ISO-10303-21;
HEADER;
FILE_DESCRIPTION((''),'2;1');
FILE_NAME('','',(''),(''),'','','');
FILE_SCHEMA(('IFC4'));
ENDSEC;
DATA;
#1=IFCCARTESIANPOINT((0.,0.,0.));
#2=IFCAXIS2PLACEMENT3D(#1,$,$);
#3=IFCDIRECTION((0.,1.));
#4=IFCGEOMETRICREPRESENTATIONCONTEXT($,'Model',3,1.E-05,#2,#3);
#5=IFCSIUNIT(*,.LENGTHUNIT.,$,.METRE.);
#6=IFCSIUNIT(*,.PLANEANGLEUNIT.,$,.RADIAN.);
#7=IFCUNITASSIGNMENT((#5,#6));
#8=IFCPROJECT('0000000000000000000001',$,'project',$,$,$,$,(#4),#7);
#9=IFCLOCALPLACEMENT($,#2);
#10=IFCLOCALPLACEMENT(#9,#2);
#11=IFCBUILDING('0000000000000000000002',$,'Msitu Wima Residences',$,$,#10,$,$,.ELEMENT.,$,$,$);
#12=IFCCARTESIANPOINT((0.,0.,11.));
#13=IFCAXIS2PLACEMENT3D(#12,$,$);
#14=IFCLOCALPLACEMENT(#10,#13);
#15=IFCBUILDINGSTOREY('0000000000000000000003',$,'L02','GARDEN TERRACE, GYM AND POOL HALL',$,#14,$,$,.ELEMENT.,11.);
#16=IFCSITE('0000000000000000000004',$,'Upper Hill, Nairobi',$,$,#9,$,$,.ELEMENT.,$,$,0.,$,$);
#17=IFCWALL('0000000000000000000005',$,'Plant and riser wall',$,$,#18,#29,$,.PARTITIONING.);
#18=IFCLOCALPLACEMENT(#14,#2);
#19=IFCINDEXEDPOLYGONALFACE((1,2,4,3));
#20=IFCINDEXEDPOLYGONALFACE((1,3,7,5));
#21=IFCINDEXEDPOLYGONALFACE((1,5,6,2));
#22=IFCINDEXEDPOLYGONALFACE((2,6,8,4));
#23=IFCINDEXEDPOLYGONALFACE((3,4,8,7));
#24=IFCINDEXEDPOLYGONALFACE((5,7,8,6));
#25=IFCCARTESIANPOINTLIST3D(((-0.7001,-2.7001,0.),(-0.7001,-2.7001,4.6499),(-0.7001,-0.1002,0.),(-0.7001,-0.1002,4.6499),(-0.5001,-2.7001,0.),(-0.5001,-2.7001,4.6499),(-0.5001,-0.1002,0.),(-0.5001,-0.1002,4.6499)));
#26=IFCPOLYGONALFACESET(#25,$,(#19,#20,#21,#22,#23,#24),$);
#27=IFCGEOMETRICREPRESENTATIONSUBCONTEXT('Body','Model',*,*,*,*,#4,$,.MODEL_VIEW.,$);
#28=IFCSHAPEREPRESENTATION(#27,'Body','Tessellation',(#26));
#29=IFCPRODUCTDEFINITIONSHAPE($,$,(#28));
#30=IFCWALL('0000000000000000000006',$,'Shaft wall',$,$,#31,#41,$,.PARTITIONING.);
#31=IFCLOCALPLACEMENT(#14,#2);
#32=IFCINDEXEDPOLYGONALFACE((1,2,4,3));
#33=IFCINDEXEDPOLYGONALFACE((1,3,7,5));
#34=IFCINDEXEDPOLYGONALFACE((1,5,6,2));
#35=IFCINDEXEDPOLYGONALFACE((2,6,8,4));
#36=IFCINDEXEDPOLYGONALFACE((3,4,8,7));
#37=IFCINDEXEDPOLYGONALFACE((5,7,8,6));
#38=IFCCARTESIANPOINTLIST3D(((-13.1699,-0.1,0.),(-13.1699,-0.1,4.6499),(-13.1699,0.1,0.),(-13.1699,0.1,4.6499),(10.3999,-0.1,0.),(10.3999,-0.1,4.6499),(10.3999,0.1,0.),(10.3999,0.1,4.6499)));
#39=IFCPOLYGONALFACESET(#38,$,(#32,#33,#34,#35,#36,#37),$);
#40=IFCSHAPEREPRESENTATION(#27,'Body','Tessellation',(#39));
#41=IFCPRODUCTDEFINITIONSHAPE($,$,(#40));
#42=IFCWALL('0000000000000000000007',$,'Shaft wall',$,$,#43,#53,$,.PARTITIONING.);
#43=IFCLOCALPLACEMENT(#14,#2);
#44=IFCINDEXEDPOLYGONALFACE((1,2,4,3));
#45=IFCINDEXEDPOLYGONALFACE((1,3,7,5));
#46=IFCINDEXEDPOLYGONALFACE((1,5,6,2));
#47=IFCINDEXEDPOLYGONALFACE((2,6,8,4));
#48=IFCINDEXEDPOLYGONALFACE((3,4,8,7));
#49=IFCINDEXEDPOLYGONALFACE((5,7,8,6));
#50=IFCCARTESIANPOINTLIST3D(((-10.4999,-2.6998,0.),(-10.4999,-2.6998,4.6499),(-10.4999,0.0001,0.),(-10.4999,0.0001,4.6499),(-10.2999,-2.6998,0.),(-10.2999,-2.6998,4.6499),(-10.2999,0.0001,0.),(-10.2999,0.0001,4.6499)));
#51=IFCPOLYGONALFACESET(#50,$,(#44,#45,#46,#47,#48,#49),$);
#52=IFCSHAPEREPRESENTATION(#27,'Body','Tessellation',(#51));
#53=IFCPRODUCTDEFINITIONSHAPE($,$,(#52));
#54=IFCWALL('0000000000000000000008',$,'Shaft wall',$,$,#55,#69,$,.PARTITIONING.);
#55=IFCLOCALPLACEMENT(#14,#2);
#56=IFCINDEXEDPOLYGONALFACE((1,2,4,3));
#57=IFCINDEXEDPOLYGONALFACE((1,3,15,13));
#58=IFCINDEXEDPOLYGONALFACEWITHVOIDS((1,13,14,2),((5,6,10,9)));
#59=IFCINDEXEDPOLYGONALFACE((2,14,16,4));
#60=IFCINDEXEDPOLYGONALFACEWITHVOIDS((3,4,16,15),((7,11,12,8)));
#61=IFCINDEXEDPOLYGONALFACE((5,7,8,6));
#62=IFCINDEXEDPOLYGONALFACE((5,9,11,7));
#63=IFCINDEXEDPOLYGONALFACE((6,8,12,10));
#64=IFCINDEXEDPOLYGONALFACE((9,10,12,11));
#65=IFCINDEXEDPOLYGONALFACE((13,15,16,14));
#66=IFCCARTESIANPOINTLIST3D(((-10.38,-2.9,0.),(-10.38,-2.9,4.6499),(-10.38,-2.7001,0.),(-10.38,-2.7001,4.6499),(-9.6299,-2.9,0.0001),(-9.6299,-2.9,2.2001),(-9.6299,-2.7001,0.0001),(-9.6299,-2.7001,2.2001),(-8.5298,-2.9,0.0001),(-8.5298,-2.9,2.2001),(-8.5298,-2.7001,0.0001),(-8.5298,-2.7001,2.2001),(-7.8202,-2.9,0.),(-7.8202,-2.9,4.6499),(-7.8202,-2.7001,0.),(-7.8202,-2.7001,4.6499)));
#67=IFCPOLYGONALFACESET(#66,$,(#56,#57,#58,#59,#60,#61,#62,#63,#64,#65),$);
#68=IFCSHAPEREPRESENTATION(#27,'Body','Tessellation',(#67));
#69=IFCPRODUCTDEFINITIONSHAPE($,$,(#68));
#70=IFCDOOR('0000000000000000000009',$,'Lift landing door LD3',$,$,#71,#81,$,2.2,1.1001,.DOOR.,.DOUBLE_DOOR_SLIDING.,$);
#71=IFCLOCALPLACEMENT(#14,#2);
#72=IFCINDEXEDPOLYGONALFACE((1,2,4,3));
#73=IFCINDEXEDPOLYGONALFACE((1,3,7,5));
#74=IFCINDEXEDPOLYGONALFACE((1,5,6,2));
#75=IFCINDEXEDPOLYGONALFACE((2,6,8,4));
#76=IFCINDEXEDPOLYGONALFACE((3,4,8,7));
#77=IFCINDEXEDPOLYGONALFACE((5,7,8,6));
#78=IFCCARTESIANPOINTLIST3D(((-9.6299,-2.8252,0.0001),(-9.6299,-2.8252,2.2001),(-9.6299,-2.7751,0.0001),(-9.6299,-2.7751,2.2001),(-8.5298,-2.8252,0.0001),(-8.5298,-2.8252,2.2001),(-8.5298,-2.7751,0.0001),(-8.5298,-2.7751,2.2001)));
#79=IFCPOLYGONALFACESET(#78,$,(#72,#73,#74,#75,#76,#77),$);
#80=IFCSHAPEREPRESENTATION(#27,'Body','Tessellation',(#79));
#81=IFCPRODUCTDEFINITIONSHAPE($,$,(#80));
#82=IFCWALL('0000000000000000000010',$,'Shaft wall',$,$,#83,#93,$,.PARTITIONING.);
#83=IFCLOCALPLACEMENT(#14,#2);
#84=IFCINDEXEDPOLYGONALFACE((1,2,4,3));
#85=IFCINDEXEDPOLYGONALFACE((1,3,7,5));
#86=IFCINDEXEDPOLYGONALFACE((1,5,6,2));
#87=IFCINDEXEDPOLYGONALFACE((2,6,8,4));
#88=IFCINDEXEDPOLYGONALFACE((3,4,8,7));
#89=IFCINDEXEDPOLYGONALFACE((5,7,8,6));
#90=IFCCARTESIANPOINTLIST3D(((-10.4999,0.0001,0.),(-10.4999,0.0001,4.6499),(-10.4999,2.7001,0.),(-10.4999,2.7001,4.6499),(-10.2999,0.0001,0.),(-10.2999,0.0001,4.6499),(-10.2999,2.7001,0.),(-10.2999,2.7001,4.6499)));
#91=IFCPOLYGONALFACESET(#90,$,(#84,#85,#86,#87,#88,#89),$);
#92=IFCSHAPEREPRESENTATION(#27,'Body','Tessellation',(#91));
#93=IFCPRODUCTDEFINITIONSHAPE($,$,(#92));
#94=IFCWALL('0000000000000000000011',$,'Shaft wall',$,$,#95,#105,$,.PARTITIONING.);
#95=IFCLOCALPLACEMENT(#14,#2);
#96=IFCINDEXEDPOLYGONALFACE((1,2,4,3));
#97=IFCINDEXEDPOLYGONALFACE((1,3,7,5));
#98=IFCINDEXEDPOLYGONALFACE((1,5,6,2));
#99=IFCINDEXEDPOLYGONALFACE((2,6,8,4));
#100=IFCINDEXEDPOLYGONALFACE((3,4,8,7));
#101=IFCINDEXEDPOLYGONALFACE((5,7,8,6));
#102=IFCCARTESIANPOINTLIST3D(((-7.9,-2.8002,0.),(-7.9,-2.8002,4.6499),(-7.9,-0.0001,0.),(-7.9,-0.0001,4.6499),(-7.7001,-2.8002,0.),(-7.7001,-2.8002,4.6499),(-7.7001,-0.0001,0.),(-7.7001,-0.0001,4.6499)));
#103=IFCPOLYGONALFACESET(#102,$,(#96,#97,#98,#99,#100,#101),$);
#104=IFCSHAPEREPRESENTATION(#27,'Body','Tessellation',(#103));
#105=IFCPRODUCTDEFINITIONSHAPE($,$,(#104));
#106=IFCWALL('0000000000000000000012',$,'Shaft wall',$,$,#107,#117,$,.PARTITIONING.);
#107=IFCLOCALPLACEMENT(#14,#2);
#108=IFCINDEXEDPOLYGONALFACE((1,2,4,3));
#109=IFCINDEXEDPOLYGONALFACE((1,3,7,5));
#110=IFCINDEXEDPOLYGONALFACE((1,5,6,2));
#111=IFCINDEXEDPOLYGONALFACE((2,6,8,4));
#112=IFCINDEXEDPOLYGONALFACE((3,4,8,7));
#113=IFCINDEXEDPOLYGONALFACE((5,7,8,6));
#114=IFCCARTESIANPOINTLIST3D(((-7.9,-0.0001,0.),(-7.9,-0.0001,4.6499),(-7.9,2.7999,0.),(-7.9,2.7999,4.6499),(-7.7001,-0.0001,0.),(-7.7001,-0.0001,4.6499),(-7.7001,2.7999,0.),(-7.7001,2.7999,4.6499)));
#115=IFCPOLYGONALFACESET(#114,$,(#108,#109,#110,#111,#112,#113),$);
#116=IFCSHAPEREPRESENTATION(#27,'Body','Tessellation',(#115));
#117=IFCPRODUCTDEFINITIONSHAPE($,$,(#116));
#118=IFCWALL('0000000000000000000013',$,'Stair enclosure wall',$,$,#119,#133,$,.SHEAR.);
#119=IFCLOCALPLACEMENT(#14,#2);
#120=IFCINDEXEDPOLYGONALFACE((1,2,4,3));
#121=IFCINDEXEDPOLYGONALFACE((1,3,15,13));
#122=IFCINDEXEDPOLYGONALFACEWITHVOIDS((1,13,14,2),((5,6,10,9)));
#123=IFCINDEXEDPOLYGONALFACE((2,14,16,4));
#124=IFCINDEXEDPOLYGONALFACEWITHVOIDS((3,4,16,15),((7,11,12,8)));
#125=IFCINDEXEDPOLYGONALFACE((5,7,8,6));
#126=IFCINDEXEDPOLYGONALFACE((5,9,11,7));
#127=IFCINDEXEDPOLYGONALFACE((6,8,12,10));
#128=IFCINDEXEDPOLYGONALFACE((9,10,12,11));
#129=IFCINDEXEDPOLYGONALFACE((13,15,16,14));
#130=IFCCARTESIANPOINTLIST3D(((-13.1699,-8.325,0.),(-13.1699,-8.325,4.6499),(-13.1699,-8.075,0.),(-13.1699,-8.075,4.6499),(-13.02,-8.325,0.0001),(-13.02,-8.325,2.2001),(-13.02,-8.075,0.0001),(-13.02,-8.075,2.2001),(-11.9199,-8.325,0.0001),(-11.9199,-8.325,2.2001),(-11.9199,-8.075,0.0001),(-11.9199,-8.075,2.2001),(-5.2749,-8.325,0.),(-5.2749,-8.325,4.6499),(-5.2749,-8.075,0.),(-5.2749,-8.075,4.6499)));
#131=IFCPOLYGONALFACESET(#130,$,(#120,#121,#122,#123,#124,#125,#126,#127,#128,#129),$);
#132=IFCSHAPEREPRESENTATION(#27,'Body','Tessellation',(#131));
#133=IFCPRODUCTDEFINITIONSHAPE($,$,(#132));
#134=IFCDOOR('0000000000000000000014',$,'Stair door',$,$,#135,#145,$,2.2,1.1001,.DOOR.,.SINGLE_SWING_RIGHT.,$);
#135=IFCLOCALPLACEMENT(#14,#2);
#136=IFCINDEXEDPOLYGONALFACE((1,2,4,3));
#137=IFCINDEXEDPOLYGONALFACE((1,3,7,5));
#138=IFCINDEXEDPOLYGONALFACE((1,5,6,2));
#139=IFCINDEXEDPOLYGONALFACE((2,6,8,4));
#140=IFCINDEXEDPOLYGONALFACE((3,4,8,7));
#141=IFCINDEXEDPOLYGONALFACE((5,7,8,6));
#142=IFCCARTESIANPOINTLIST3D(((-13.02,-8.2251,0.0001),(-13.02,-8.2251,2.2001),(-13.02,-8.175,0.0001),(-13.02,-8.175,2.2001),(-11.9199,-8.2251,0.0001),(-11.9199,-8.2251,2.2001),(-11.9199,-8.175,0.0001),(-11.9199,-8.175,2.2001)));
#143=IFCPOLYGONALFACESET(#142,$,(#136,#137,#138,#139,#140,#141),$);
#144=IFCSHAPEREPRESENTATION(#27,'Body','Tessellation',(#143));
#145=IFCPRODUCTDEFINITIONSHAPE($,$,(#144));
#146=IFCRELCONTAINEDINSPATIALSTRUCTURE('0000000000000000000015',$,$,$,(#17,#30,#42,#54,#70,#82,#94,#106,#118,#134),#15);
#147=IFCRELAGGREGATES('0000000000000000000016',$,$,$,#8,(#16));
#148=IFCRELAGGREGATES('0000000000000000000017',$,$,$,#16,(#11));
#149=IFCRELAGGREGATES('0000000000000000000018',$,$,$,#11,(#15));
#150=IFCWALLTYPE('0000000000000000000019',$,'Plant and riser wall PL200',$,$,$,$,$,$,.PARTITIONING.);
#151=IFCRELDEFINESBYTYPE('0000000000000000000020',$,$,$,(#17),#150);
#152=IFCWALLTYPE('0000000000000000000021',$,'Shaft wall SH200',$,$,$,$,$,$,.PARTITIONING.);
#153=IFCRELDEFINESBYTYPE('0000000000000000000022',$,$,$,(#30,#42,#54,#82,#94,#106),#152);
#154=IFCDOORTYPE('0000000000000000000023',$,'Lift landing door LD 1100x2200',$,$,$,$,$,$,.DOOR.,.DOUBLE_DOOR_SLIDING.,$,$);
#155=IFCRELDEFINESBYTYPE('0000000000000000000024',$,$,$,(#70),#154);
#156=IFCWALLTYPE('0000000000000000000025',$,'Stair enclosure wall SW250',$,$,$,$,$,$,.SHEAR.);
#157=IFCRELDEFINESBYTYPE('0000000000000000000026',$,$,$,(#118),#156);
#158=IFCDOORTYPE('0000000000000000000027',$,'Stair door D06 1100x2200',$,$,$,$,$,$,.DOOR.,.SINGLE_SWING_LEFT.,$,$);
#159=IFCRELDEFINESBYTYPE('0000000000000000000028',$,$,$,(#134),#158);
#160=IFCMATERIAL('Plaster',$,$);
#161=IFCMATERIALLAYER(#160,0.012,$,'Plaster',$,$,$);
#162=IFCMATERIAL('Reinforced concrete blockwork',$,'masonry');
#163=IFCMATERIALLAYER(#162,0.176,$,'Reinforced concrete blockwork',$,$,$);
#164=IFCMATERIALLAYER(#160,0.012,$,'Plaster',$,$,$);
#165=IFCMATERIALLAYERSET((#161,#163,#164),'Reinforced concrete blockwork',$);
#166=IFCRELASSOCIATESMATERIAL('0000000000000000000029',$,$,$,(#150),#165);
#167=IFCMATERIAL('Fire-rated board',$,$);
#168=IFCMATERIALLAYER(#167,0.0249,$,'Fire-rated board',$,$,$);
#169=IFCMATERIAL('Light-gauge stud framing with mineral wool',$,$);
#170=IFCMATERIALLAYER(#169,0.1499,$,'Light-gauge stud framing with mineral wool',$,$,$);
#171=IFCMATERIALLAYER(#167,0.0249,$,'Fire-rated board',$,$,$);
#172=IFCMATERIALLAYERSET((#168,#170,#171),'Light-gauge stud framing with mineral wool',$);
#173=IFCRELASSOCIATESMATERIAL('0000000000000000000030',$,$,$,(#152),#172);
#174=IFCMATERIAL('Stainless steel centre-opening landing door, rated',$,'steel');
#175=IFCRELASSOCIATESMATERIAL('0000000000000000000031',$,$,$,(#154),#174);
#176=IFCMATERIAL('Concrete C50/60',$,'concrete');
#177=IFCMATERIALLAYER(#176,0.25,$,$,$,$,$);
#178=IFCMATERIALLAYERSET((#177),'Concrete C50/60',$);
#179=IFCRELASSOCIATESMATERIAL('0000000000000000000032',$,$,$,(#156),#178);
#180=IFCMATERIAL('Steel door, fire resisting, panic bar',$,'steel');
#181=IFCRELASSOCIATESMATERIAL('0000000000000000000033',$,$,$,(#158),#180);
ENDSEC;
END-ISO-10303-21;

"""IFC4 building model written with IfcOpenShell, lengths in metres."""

from ifc_helpers import new_model, si_unit, direction, frame, frame_2d, origin, place, context, subcontext, project, spatial, rectangle, extrude, material, layer, layer_set, type_object, element, fill, save


model = new_model("IFC4")

# Units and contexts
model_context = context("Model", 3, precision=1e-05, world=origin(), true_north=direction((0.0, 1.0)))
body_context = subcontext(model_context, "Body", "Model", "MODEL_VIEW")
ifc_project = project(units=[si_unit("LENGTHUNIT", "METRE"), si_unit("PLANEANGLEUNIT", "RADIAN")], contexts=[model_context])

# Site, building, storey
site_placement = place(None, origin())
site = spatial("IfcSite", under=ifc_project, at=site_placement, Name="Upper Hill, Nairobi", CompositionType="ELEMENT", RefElevation=0.0)
building_placement = place(site_placement, origin())
building = spatial("IfcBuilding", under=site, at=building_placement, Name="Msitu Wima Residences", CompositionType="ELEMENT")
storey_placement = place(building_placement, frame((0.0, 0.0, 11.0)))
storey = spatial("IfcBuildingStorey", under=building, at=storey_placement, Name="L02", Description="GARDEN TERRACE, GYM AND POOL HALL", CompositionType="ELEMENT", Elevation=11.0)

# Shared definitions
ifc_material_1 = material(Name="Plaster")

# Shared definitions
ifc_layer_1 = layer(ifc_material_1, 0.012, Name="Plaster")
ifc_material_2 = material(Name="Reinforced concrete blockwork", Category="masonry")
ifc_layer_2 = layer(ifc_material_2, 0.176, Name="Reinforced concrete blockwork")
ifc_layer_3 = layer(ifc_material_1, 0.012, Name="Plaster")
ifc_layer_set_1 = layer_set([ifc_layer_1, ifc_layer_2, ifc_layer_3], Name="Reinforced concrete blockwork")
wall_type_1 = type_object("IfcWallType", Name="Plant and riser wall PL200", PredefinedType="PARTITIONING", material=ifc_layer_set_1)

# Walls
wall_1_placement = place(storey_placement, frame((-0.6001, -2.7, 0.0), z_axis=(0.0, 0.0, 1.0), x_axis=(0.0, 1.0, 0.0)))
element("IfcWall", 1, at=wall_1_placement, inside=storey, type_object=wall_type_1, Name="Plant and riser wall", PredefinedType="PARTITIONING", context=body_context, shape_type="SweptSolid", body=[
    extrude(rectangle(XDim=2.5999, YDim=0.2, at=frame_2d((1.2998, 0.0))), origin(), (0.0, 0.0, 1.0), 4.6499),
])
ifc_material_3 = material(Name="Fire-rated board")
ifc_layer_4 = layer(ifc_material_3, 0.0249, Name="Fire-rated board")
ifc_material_4 = material(Name="Light-gauge stud framing with mineral wool")
ifc_layer_5 = layer(ifc_material_4, 0.1499, Name="Light-gauge stud framing with mineral wool")
ifc_layer_6 = layer(ifc_material_3, 0.0249, Name="Fire-rated board")
ifc_layer_set_2 = layer_set([ifc_layer_4, ifc_layer_5, ifc_layer_6], Name="Light-gauge stud framing with mineral wool")
wall_type_2 = type_object("IfcWallType", Name="Shaft wall SH200", PredefinedType="PARTITIONING", material=ifc_layer_set_2)
wall_2_placement = place(storey_placement, frame((-13.1699, 0.0, 0.0), z_axis=(0.0, 0.0, 1.0), x_axis=(1.0, 0.0, 0.0)))
element("IfcWall", 2, at=wall_2_placement, inside=storey, type_object=wall_type_2, Name="Shaft wall", PredefinedType="PARTITIONING", context=body_context, shape_type="SweptSolid", body=[
    extrude(rectangle(XDim=23.5698, YDim=0.2, at=frame_2d((11.7849, 0.0))), origin(), (0.0, 0.0, 1.0), 4.6499),
])
wall_3_placement = place(storey_placement, frame((-10.3999, -2.7, 0.0), z_axis=(0.0, 0.0, 1.0), x_axis=(0.0, 1.0, 0.0)))
element("IfcWall", 3, at=wall_3_placement, inside=storey, type_object=wall_type_2, Name="Shaft wall", PredefinedType="PARTITIONING", context=body_context, shape_type="SweptSolid", body=[
    extrude(rectangle(XDim=2.7, YDim=0.2, at=frame_2d((1.3501, 0.0))), origin(), (0.0, 0.0, 1.0), 4.6499),
])

# Wall, opening, door
wall_4_placement = place(storey_placement, frame((-10.3799, -2.8, 0.0), z_axis=(0.0, 0.0, 1.0), x_axis=(1.0, 0.0, 0.0)))
wall_4 = element("IfcWall", 4, at=wall_4_placement, inside=storey, type_object=wall_type_2, Name="Shaft wall", PredefinedType="PARTITIONING", context=body_context, shape_type="SweptSolid", body=[
    extrude(rectangle(XDim=2.5598, YDim=0.2, at=frame_2d((1.2798, 0.0))), origin(), (0.0, 0.0, 1.0), 4.6499),
])
opening_1_placement = place(wall_4_placement, frame((0.75, 0.0, 0.0)))
opening_1 = element("IfcOpeningElement", 5, at=opening_1_placement, cuts=wall_4, PredefinedType="OPENING", context=body_context, shape_type="SweptSolid", body=[
    extrude(rectangle(XDim=1.1001, YDim=2.2, at=frame_2d((0.55, 1.1001))), frame((0.0, 0.1099, 0.0), z_axis=(0.0, -1.0, 0.0), x_axis=(1.0, 0.0, 0.0)), (0.0, 0.0, 1.0), 0.22),
])
ifc_material_5 = material(Name="Stainless steel centre-opening landing door, rated", Category="steel")
door_type_1 = type_object("IfcDoorType", Name="Lift landing door LD 1100x2200", OperationType="DOUBLE_DOOR_SLIDING", PredefinedType="DOOR", material=ifc_material_5)
door_1_placement = place(opening_1_placement, origin())
door_1 = element("IfcDoor", 6, at=door_1_placement, inside=storey, type_object=door_type_1, Name="Lift landing door LD3", OperationType="DOUBLE_DOOR_SLIDING", OverallHeight=2.2, OverallWidth=1.1001, PredefinedType="DOOR", context=body_context, shape_type="SweptSolid", body=[
    extrude(rectangle(XDim=1.1001, YDim=2.2, at=frame_2d((0.55, 1.1001))), frame((0.0, 0.0249, 0.0), z_axis=(0.0, -1.0, 0.0), x_axis=(1.0, 0.0, 0.0)), (0.0, 0.0, 1.0), 0.05),
])
fill(opening_1, door_1)

# Walls
wall_5_placement = place(storey_placement, frame((-10.3999, 0.0, 0.0), z_axis=(0.0, 0.0, 1.0), x_axis=(0.0, 1.0, 0.0)))
element("IfcWall", 7, at=wall_5_placement, inside=storey, type_object=wall_type_2, Name="Shaft wall", PredefinedType="PARTITIONING", context=body_context, shape_type="SweptSolid", body=[
    extrude(rectangle(XDim=2.7, YDim=0.2, at=frame_2d((1.3501, 0.0))), origin(), (0.0, 0.0, 1.0), 4.6499),
])
for number, where, z_axis, x_axis, name in (
    (8, (-7.8, -2.8, 0.0), (0.0, 0.0, 1.0), (0.0, 1.0, 0.0), "Shaft wall"),
    (9, (-7.8, 0.0, 0.0), (0.0, 0.0, 1.0), (0.0, 1.0, 0.0), "Shaft wall"),
):
    element("IfcWall", number, at=place(storey_placement, frame(where, z_axis=z_axis, x_axis=x_axis)), inside=storey, type_object=wall_type_2, Name=name, PredefinedType="PARTITIONING", context=body_context, shape_type="SweptSolid", body=[
        extrude(rectangle(XDim=2.8, YDim=0.2, at=frame_2d((1.3999, 0.0))), origin(), (0.0, 0.0, 1.0), 4.6499),
    ])

# Wall, opening, door
ifc_material_6 = material(Name="Concrete C50/60", Category="concrete")
ifc_layer_7 = layer(ifc_material_6, 0.25)
ifc_layer_set_3 = layer_set([ifc_layer_7], Name="Concrete C50/60")
wall_type_3 = type_object("IfcWallType", Name="Stair enclosure wall SW250", PredefinedType="SHEAR", material=ifc_layer_set_3)
wall_6_placement = place(storey_placement, frame((-13.1699, -8.2, 0.0), z_axis=(0.0, 0.0, 1.0), x_axis=(1.0, 0.0, 0.0)))
wall_6 = element("IfcWall", 10, at=wall_6_placement, inside=storey, type_object=wall_type_3, Name="Stair enclosure wall", PredefinedType="SHEAR", context=body_context, shape_type="SweptSolid", body=[
    extrude(rectangle(XDim=7.895, YDim=0.25, at=frame_2d((3.9475, 0.0))), origin(), (0.0, 0.0, 1.0), 4.6499),
])
opening_2_placement = place(wall_6_placement, frame((0.1499, 0.0, 0.0)))
opening_2 = element("IfcOpeningElement", 11, at=opening_2_placement, cuts=wall_6, PredefinedType="OPENING", context=body_context, shape_type="SweptSolid", body=[
    extrude(rectangle(XDim=1.1001, YDim=2.2, at=frame_2d((0.55, 1.1001))), frame((0.0, 0.135, 0.0), z_axis=(0.0, -1.0, 0.0), x_axis=(1.0, 0.0, 0.0)), (0.0, 0.0, 1.0), 0.27),
])
ifc_material_7 = material(Name="Steel door, fire resisting, panic bar", Category="steel")
door_type_2 = type_object("IfcDoorType", Name="Stair door D06 1100x2200", OperationType="SINGLE_SWING_LEFT", PredefinedType="DOOR", material=ifc_material_7)
door_2_placement = place(opening_2_placement, origin())
door_2 = element("IfcDoor", 12, at=door_2_placement, inside=storey, type_object=door_type_2, Name="Stair door", OperationType="SINGLE_SWING_RIGHT", OverallHeight=2.2, OverallWidth=1.1001, PredefinedType="DOOR", context=body_context, shape_type="SweptSolid", body=[
    extrude(rectangle(XDim=1.1001, YDim=2.2, at=frame_2d((0.55, 1.1001))), frame((0.0, 0.0249, 0.0), z_axis=(0.0, -1.0, 0.0), x_axis=(1.0, 0.0, 0.0)), (0.0, 0.0, 1.0), 0.05),
])
fill(opening_2, door_2)

save(model, "model.ifc")
